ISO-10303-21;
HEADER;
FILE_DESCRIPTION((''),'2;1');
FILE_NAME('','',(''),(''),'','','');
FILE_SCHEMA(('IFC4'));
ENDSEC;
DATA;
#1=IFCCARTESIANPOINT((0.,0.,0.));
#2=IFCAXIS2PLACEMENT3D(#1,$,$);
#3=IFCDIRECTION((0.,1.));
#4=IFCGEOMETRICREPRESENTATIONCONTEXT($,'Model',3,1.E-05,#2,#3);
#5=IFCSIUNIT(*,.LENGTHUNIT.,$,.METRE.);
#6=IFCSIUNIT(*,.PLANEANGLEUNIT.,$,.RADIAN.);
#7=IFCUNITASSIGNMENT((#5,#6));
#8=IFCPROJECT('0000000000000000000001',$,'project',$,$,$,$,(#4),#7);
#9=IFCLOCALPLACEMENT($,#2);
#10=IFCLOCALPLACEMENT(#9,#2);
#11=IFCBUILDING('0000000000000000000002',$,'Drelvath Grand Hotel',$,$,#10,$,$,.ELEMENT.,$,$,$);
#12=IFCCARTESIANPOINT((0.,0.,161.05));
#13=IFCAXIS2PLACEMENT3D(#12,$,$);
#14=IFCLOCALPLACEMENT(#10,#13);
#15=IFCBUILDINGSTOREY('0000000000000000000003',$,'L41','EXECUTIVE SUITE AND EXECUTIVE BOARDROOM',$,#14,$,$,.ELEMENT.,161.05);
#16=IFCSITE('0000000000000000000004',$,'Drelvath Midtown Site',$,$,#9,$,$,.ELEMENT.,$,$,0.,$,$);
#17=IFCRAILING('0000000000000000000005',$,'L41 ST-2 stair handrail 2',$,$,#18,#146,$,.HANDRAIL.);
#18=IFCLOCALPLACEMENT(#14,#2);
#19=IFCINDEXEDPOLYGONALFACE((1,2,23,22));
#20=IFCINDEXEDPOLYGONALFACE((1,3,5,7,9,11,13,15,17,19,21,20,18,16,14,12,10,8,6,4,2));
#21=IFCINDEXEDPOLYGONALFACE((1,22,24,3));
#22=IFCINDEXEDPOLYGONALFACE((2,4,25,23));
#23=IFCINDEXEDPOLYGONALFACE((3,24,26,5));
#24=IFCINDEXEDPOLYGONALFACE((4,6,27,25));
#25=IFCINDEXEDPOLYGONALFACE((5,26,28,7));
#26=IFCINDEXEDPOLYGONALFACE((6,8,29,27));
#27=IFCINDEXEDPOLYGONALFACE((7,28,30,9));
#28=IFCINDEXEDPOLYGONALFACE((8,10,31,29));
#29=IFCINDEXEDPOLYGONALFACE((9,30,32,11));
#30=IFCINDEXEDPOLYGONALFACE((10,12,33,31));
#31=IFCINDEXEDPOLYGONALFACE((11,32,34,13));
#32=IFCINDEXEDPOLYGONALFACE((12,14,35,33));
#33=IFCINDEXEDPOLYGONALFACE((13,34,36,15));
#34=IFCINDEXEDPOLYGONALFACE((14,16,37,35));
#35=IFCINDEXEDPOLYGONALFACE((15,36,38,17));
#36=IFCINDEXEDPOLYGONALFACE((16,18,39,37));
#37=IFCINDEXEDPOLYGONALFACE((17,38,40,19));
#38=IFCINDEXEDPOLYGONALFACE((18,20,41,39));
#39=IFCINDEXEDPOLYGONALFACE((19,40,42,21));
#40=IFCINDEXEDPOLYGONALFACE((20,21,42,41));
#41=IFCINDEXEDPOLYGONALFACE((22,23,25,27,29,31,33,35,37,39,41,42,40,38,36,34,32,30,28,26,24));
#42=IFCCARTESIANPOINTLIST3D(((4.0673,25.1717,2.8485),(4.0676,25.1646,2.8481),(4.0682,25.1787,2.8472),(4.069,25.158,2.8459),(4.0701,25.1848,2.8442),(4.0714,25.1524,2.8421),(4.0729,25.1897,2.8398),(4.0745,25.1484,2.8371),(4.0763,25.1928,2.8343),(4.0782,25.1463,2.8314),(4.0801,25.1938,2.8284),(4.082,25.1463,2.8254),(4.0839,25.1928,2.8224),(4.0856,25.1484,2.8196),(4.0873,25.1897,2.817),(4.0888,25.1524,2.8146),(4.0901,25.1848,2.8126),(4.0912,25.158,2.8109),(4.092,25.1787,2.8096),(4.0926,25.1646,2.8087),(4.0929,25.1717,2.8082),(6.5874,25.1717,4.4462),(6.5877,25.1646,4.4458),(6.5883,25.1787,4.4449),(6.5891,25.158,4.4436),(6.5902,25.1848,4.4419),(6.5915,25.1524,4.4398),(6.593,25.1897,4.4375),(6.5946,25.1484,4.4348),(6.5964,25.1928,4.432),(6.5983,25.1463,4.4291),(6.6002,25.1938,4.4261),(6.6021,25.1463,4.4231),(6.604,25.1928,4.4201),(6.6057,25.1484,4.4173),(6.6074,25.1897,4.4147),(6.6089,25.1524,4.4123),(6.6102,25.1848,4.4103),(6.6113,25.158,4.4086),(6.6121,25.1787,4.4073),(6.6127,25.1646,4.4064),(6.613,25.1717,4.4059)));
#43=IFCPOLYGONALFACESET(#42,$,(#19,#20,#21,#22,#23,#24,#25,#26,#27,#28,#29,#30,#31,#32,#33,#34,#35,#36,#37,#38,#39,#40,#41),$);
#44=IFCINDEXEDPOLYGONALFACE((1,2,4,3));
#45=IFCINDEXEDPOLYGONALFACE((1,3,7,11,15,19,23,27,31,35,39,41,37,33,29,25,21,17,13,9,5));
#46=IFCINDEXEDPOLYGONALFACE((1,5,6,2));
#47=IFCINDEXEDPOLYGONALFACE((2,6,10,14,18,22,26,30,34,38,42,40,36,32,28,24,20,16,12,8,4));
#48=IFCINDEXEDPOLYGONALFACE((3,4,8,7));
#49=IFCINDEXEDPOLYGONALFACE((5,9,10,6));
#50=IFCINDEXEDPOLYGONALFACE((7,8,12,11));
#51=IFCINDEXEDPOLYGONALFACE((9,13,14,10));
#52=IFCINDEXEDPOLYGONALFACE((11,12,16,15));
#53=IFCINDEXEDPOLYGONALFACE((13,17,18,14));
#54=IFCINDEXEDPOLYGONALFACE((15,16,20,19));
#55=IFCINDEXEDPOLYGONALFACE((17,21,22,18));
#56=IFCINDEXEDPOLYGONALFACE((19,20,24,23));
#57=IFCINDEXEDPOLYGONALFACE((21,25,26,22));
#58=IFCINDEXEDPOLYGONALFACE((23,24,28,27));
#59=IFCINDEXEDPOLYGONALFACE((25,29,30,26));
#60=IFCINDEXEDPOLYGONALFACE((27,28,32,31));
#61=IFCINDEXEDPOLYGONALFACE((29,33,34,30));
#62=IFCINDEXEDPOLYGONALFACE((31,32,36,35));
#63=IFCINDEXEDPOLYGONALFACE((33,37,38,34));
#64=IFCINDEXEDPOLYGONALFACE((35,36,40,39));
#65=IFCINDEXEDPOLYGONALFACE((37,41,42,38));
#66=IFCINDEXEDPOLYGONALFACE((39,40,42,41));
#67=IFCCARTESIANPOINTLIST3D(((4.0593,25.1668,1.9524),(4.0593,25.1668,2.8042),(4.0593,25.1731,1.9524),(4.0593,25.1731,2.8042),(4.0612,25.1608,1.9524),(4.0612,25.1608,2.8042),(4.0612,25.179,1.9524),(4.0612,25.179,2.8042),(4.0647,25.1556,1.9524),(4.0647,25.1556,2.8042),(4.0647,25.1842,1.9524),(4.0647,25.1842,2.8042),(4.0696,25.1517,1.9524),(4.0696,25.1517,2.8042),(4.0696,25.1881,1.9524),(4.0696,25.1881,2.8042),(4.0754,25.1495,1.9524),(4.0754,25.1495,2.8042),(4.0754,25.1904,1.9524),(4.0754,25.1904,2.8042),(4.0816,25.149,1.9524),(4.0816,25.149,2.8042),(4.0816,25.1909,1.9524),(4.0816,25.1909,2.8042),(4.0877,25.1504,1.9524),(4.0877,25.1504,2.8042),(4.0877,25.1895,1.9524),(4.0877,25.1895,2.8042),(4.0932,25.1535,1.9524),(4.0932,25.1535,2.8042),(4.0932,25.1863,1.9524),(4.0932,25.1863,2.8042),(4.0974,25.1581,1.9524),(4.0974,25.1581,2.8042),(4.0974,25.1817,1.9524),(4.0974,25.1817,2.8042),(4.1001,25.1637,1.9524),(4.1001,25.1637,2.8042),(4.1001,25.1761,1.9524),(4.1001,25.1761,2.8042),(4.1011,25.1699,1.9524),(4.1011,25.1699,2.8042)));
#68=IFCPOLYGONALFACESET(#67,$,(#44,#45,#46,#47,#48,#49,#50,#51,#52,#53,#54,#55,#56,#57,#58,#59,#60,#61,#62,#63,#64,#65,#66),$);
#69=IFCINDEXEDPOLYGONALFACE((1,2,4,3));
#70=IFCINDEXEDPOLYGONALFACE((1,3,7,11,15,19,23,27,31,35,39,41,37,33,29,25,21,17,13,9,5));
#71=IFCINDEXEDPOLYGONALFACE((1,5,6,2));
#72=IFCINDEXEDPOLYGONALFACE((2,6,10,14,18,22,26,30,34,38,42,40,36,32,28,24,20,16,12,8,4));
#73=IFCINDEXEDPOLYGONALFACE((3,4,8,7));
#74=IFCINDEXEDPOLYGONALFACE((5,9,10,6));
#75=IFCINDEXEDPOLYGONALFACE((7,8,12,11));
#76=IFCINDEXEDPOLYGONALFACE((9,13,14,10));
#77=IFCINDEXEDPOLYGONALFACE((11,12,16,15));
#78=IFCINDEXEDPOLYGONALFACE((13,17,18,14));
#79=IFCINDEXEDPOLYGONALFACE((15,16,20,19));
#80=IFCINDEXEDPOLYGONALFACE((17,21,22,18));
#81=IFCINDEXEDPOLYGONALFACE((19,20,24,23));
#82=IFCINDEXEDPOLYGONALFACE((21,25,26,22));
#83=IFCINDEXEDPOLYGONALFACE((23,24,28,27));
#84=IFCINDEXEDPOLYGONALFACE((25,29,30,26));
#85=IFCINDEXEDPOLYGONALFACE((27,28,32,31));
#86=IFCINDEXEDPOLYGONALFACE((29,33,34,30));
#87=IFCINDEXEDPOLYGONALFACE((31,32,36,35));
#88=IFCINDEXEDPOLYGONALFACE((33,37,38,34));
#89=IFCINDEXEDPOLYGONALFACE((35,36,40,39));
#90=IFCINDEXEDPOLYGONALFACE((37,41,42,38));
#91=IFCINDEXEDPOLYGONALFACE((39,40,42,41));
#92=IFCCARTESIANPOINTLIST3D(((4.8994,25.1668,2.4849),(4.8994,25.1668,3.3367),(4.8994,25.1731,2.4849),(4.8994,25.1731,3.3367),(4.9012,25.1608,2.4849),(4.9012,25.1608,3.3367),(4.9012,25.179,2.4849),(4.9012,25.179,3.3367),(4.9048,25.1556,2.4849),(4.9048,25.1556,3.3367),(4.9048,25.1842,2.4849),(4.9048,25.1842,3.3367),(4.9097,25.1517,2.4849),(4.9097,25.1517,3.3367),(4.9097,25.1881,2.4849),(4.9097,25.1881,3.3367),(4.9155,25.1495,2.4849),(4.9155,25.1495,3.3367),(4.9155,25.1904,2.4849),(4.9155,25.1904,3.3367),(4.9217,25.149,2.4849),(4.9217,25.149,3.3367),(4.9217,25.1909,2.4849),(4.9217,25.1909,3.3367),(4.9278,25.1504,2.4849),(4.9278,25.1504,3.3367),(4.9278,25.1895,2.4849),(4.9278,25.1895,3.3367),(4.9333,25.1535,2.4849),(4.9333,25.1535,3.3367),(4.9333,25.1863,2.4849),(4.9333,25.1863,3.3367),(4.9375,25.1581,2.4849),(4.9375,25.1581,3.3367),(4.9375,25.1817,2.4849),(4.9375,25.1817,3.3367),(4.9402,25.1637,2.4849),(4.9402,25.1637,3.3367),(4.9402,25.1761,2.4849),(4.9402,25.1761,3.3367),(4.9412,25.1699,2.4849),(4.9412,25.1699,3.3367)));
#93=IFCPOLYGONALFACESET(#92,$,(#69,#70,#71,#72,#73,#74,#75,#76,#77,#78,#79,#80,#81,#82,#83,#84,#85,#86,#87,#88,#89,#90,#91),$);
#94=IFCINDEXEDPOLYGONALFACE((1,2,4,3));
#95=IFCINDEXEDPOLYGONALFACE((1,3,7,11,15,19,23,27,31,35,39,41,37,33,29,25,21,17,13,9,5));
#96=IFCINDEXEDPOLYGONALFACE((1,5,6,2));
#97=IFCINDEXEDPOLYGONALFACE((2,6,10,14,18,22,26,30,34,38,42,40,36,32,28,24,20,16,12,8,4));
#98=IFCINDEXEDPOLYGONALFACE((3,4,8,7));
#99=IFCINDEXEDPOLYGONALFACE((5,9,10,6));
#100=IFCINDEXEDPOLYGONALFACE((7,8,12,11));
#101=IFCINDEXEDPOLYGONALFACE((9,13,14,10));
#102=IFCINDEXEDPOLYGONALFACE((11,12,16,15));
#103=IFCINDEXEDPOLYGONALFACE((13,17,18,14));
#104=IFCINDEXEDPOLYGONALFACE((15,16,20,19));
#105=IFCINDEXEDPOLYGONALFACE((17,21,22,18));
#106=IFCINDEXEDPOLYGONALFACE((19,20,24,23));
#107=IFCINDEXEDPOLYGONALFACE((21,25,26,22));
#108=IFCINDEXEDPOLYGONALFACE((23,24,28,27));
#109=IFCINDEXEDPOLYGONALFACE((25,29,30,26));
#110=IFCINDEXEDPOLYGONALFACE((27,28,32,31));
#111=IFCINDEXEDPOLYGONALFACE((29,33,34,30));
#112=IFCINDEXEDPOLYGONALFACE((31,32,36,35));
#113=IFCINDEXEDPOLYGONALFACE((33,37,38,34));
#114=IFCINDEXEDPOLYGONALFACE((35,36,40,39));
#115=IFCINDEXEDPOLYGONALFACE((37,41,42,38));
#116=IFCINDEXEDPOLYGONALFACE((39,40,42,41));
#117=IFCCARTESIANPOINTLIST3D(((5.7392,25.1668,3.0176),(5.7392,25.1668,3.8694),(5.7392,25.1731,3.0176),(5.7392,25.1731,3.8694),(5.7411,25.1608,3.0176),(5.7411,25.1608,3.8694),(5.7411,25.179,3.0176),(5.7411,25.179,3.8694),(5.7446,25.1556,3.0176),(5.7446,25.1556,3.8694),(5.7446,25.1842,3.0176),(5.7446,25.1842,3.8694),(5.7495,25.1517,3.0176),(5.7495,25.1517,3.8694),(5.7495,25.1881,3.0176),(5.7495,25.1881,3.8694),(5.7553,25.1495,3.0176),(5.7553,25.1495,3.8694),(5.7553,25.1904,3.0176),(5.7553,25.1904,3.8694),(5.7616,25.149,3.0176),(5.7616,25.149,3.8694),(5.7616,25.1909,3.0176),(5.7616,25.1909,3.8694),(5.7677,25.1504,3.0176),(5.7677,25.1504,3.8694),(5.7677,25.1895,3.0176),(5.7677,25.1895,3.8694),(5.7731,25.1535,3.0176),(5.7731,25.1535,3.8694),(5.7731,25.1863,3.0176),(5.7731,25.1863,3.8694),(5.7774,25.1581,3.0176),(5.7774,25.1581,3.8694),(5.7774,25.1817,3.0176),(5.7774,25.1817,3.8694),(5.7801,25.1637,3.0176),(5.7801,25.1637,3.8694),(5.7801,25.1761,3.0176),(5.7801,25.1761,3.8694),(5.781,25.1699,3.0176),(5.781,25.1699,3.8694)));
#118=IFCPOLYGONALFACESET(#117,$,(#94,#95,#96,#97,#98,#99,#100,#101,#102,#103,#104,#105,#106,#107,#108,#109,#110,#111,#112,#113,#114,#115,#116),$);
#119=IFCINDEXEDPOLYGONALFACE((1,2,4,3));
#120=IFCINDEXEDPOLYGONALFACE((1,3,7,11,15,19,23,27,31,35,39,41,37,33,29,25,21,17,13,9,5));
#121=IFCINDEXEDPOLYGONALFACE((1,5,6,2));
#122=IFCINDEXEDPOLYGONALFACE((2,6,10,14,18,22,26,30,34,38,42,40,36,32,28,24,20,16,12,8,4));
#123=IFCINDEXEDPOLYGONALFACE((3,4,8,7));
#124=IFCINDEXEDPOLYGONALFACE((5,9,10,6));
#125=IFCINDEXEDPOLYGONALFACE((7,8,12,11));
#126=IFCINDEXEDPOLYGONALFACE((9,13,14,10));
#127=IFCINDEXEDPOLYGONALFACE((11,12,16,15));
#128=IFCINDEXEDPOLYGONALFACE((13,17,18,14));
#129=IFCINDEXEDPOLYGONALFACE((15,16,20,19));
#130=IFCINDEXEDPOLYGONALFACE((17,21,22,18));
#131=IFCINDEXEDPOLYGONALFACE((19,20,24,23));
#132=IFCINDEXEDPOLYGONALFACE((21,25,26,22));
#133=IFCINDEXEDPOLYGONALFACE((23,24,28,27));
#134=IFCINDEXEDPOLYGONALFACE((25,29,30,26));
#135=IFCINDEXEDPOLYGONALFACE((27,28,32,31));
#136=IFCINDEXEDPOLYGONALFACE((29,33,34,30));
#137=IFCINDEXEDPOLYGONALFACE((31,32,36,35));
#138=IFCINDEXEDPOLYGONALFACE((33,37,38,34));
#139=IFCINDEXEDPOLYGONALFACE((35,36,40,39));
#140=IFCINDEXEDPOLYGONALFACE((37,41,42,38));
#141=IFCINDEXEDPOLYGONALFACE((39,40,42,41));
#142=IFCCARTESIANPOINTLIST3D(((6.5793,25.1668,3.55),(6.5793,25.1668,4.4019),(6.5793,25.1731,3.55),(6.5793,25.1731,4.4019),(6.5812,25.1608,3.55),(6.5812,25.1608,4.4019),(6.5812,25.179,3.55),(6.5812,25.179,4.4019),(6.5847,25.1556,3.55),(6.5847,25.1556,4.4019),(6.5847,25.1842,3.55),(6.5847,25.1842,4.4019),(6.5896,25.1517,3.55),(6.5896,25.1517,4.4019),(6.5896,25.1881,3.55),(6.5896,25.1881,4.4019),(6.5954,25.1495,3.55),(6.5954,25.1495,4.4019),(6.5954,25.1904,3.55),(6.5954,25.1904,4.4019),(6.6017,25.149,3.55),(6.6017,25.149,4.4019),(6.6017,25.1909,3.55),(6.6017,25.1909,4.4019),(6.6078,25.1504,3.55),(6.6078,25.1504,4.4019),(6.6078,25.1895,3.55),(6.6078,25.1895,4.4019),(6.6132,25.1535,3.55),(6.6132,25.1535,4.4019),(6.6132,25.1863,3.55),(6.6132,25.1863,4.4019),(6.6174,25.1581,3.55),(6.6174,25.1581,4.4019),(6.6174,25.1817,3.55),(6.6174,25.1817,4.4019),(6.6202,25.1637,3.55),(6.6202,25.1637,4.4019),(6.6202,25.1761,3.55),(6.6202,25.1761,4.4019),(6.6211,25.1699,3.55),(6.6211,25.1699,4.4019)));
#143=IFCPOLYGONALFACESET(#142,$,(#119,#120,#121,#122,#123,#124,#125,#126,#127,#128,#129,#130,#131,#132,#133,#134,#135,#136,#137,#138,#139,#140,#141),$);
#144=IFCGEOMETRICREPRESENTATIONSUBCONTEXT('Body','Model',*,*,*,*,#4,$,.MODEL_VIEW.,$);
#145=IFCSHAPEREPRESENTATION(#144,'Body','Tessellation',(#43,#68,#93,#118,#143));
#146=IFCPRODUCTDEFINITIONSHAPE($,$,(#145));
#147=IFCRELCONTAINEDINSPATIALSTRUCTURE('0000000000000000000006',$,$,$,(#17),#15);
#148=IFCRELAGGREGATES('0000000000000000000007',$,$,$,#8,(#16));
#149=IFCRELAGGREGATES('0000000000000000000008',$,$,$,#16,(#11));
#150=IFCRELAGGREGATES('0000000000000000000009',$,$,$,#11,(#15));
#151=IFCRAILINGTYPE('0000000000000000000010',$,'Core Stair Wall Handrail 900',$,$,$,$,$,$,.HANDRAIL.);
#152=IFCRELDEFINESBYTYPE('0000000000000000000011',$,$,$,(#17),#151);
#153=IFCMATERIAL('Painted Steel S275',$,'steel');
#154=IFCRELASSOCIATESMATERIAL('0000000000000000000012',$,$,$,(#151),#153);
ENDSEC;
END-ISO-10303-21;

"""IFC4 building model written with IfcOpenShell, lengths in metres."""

from ifc_helpers import new_model, si_unit, direction, frame, origin, origin_2d, place, context, subcontext, project, spatial, circle, extrude, material, type_object, element, save


model = new_model("IFC4")

# Units and contexts
model_context = context("Model", 3, precision=1e-05, world=origin(), true_north=direction((0.0, 1.0)))
body_context = subcontext(model_context, "Body", "Model", "MODEL_VIEW")
ifc_project = project(units=[si_unit("LENGTHUNIT", "METRE"), si_unit("PLANEANGLEUNIT", "RADIAN")], contexts=[model_context])

# Site, building, storey
site_placement = place(None, origin())
site = spatial("IfcSite", under=ifc_project, at=site_placement, Name="Drelvath Midtown Site", CompositionType="ELEMENT", RefElevation=0.0)
building_placement = place(site_placement, origin())
building = spatial("IfcBuilding", under=site, at=building_placement, Name="Drelvath Grand Hotel", CompositionType="ELEMENT")
storey_placement = place(building_placement, frame((0.0, 0.0, 161.05)))
storey = spatial("IfcBuildingStorey", under=building, at=storey_placement, Name="L41", Description="EXECUTIVE SUITE AND EXECUTIVE BOARDROOM", CompositionType="ELEMENT", Elevation=161.05)

# Railing
ifc_material_1 = material(Name="Painted Steel S275", Category="steel")
railing_type_1 = type_object("IfcRailingType", Name="Core Stair Wall Handrail 900", PredefinedType="HANDRAIL", material=ifc_material_1)
railing_1_placement = place(storey_placement, frame((4.0801, 25.1699, 1.9524)))
element("IfcRailing", 1, at=railing_1_placement, inside=storey, type_object=railing_type_1, Name="L41 ST-2 stair handrail 2", PredefinedType="HANDRAIL", context=body_context, shape_type="SweptSolid", body=[
    extrude(circle(Radius=0.0239, at=origin_2d()), frame((0.0, 0.0, 0.876), z_axis=(0.84457, 0.0, 0.535445), x_axis=(0.0, 1.0, 0.0)), (0.0, 0.0, 1.0), 2.9839),
    extrude(circle(Radius=0.021, at=origin_2d()), origin(), (0.0, 0.0, 1.0), 0.8518),
    extrude(circle(Radius=0.021, at=origin_2d()), frame((0.8401, 0.0, 0.5325)), (0.0, 0.0, 1.0), 0.8518),
    extrude(circle(Radius=0.021, at=origin_2d()), frame((1.6799, 0.0, 1.0652)), (0.0, 0.0, 1.0), 0.8518),
    extrude(circle(Radius=0.021, at=origin_2d()), frame((2.52, 0.0, 1.5977)), (0.0, 0.0, 1.0), 0.8518),
])

save(model, "model.ifc")
